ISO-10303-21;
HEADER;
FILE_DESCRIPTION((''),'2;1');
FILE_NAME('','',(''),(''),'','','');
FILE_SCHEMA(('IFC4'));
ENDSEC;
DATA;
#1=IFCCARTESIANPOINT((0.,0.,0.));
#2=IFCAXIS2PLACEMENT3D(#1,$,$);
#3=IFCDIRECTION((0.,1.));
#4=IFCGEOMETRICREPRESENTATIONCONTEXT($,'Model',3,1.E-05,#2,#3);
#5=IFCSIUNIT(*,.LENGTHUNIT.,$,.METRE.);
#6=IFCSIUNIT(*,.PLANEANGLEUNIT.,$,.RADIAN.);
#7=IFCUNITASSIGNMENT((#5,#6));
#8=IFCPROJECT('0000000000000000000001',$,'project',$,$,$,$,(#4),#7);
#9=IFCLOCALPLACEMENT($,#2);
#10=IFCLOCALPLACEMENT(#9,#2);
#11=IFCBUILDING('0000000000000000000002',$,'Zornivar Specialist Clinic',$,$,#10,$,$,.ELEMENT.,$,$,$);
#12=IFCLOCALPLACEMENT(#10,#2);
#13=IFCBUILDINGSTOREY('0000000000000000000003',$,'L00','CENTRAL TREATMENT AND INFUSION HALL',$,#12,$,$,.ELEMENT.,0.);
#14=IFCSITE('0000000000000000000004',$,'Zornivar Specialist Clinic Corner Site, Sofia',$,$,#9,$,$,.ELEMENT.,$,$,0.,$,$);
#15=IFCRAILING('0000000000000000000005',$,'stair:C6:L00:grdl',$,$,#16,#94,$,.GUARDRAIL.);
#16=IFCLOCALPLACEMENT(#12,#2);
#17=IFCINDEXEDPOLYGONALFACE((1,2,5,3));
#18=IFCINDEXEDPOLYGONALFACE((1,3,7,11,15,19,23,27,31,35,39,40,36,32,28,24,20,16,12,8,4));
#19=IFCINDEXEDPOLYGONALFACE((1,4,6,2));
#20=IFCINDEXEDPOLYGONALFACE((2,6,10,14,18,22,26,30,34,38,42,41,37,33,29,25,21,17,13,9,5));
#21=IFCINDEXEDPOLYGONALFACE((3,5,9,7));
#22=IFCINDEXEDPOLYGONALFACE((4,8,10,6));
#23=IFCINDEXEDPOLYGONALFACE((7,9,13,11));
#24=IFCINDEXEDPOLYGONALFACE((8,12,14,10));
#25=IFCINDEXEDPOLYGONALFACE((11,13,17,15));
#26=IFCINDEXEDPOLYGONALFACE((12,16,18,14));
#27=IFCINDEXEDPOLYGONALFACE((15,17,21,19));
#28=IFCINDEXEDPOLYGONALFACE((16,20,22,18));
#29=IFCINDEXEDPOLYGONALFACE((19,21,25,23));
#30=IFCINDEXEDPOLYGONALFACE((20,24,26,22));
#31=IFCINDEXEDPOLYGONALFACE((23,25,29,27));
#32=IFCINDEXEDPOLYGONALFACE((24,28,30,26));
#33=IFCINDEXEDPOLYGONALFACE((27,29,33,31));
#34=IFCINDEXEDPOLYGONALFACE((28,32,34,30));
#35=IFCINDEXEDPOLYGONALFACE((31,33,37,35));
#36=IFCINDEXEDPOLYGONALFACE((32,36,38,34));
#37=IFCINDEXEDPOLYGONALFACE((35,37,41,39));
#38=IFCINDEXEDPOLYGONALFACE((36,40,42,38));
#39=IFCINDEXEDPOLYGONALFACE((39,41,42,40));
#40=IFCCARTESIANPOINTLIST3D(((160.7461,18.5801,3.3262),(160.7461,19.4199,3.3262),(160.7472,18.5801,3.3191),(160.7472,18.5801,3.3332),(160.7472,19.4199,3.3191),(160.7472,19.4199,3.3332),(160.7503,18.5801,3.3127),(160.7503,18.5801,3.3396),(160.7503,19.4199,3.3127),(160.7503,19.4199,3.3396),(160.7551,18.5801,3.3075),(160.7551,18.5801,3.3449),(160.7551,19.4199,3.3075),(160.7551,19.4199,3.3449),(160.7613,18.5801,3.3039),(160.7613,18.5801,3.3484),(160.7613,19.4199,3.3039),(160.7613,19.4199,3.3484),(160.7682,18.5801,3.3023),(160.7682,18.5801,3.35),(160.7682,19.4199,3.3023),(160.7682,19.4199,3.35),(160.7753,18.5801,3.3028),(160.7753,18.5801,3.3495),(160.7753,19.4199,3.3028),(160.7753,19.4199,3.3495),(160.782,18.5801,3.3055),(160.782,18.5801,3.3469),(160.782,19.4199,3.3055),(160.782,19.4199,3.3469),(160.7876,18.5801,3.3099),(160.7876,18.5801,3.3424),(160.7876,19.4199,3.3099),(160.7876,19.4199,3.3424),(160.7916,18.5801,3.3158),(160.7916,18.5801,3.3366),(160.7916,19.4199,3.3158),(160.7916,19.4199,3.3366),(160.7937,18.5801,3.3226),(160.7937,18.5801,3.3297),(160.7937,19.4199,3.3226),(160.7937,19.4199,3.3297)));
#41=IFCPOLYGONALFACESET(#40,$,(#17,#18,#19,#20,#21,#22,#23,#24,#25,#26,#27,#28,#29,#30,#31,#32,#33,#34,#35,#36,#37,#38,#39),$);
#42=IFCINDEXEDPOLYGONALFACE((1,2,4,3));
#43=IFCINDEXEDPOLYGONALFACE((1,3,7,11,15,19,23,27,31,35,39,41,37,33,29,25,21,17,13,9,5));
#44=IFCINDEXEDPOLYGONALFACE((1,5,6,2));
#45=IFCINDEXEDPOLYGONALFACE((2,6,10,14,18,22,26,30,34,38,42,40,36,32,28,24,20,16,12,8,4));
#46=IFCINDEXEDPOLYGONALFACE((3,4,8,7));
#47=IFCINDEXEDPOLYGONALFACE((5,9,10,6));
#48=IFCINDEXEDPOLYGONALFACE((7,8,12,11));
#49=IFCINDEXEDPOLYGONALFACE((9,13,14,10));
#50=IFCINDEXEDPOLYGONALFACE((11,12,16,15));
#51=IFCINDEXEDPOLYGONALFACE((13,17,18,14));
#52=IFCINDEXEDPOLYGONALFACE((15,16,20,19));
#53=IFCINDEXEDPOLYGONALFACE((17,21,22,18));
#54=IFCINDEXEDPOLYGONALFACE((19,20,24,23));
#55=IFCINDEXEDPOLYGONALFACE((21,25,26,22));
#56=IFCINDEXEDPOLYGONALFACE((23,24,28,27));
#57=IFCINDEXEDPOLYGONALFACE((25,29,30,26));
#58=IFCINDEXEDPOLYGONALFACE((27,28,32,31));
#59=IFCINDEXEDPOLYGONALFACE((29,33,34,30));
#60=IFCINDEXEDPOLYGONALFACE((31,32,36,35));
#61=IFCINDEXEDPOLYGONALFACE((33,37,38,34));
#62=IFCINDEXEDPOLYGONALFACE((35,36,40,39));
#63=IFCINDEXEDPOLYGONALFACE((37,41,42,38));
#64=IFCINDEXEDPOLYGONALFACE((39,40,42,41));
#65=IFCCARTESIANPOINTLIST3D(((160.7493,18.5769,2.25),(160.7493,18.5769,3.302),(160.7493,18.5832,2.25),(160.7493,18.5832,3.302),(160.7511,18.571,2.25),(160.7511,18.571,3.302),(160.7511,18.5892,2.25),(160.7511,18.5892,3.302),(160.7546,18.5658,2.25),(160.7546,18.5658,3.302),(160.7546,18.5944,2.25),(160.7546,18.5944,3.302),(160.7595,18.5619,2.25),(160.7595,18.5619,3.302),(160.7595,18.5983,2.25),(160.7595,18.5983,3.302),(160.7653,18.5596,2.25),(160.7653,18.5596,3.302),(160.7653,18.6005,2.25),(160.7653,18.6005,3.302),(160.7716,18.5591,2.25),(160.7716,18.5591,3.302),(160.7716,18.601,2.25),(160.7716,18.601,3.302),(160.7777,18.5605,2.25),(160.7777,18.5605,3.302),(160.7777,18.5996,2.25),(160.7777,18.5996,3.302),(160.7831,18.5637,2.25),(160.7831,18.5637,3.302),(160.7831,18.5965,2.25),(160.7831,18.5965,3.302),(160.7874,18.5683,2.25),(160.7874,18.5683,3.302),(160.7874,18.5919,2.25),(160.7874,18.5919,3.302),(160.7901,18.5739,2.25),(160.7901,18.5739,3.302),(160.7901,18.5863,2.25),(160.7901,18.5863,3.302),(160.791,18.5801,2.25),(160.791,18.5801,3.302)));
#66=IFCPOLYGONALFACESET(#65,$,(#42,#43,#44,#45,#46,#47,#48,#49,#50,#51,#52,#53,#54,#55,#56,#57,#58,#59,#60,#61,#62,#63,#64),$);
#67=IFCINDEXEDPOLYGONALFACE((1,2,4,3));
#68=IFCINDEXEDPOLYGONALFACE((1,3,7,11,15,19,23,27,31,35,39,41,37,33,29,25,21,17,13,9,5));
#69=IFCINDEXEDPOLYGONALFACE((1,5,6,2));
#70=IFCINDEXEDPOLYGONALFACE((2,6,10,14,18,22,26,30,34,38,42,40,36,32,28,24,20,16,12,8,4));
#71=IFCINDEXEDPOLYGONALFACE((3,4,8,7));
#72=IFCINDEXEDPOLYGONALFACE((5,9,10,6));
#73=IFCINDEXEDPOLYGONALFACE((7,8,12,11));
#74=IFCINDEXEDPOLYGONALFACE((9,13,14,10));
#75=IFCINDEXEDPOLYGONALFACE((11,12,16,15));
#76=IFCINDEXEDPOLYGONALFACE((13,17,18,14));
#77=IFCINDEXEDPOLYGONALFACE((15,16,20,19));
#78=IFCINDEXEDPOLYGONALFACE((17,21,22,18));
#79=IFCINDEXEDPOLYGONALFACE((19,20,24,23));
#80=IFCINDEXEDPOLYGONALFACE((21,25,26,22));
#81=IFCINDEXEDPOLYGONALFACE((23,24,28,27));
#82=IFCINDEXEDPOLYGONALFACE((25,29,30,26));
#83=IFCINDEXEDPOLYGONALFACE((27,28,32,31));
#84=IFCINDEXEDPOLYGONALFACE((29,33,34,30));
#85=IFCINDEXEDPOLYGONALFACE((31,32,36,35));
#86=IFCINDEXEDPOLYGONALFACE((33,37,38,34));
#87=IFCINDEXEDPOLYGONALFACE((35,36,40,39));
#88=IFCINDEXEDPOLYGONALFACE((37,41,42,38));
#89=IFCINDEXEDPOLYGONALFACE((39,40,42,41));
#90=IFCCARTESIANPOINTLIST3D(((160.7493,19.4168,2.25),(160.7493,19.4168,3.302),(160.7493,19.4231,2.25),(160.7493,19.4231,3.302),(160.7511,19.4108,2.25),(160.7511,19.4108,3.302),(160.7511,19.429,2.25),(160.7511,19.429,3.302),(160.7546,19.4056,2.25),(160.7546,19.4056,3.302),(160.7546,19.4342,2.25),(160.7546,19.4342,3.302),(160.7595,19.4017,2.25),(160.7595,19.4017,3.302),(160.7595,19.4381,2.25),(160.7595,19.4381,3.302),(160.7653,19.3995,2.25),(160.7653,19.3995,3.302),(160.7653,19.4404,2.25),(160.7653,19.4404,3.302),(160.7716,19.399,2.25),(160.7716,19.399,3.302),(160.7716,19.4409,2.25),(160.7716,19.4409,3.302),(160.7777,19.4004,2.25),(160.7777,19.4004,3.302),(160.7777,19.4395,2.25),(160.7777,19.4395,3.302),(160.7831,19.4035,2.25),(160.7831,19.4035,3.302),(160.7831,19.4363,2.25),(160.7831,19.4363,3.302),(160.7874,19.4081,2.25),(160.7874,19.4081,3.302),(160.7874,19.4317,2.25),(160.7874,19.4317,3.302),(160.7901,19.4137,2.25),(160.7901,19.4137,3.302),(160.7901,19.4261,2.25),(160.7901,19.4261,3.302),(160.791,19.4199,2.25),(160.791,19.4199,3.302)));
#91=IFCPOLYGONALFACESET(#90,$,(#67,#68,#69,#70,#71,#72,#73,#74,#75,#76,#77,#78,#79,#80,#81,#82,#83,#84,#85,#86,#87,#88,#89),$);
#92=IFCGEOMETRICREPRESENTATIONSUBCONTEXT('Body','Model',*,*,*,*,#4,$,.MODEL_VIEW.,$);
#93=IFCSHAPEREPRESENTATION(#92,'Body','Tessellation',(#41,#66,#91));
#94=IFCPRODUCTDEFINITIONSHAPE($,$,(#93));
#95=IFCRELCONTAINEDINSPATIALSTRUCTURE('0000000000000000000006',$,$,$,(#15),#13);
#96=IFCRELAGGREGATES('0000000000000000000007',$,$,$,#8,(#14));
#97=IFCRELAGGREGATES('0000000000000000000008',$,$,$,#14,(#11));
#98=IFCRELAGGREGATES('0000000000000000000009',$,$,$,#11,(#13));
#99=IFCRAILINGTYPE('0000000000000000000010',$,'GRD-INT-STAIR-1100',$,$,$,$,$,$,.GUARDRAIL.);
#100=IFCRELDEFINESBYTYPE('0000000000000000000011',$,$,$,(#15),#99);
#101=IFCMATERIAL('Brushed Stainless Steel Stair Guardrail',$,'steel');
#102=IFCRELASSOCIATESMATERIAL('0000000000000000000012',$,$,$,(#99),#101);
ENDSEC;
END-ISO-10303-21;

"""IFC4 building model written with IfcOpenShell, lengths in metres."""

from ifc_helpers import new_model, si_unit, direction, frame, origin, origin_2d, place, context, subcontext, project, spatial, circle, extrude, material, type_object, element, save


model = new_model("IFC4")

# Units and contexts
model_context = context("Model", 3, precision=1e-05, world=origin(), true_north=direction((0.0, 1.0)))
body_context = subcontext(model_context, "Body", "Model", "MODEL_VIEW")
ifc_project = project(units=[si_unit("LENGTHUNIT", "METRE"), si_unit("PLANEANGLEUNIT", "RADIAN")], contexts=[model_context])

# Site, building, storey
site_placement = place(None, origin())
site = spatial("IfcSite", under=ifc_project, at=site_placement, Name="Zornivar Specialist Clinic Corner Site, Sofia", CompositionType="ELEMENT", RefElevation=0.0)
building_placement = place(site_placement, origin())
building = spatial("IfcBuilding", under=site, at=building_placement, Name="Zornivar Specialist Clinic", CompositionType="ELEMENT")
storey_placement = place(building_placement, origin())
storey = spatial("IfcBuildingStorey", under=building, at=storey_placement, Name="L00", Description="CENTRAL TREATMENT AND INFUSION HALL", CompositionType="ELEMENT", Elevation=0.0)

# Railing
ifc_material_1 = material(Name="Brushed Stainless Steel Stair Guardrail", Category="steel")
railing_type_1 = type_object("IfcRailingType", Name="GRD-INT-STAIR-1100", PredefinedType="GUARDRAIL", material=ifc_material_1)
railing_1_placement = place(storey_placement, frame((160.77, 18.5801, 2.25)))
element("IfcRailing", 1, at=railing_1_placement, inside=storey, type_object=railing_type_1, Name="stair:C6:L00:grdl", PredefinedType="GUARDRAIL", context=body_context, shape_type="SweptSolid", body=[
    extrude(circle(Radius=0.0239, at=origin_2d()), frame((0.0, 0.0, 1.0762), z_axis=(0.0, 1.0, 0.0), x_axis=(-1.0, 0.0, 0.0)), (0.0, 0.0, 1.0), 0.8398),
    extrude(circle(Radius=0.021, at=origin_2d()), origin(), (0.0, 0.0, 1.0), 1.052),
    extrude(circle(Radius=0.021, at=origin_2d()), frame((0.0, 0.8398, 0.0)), (0.0, 0.0, 1.0), 1.052),
])

save(model, "model.ifc")
